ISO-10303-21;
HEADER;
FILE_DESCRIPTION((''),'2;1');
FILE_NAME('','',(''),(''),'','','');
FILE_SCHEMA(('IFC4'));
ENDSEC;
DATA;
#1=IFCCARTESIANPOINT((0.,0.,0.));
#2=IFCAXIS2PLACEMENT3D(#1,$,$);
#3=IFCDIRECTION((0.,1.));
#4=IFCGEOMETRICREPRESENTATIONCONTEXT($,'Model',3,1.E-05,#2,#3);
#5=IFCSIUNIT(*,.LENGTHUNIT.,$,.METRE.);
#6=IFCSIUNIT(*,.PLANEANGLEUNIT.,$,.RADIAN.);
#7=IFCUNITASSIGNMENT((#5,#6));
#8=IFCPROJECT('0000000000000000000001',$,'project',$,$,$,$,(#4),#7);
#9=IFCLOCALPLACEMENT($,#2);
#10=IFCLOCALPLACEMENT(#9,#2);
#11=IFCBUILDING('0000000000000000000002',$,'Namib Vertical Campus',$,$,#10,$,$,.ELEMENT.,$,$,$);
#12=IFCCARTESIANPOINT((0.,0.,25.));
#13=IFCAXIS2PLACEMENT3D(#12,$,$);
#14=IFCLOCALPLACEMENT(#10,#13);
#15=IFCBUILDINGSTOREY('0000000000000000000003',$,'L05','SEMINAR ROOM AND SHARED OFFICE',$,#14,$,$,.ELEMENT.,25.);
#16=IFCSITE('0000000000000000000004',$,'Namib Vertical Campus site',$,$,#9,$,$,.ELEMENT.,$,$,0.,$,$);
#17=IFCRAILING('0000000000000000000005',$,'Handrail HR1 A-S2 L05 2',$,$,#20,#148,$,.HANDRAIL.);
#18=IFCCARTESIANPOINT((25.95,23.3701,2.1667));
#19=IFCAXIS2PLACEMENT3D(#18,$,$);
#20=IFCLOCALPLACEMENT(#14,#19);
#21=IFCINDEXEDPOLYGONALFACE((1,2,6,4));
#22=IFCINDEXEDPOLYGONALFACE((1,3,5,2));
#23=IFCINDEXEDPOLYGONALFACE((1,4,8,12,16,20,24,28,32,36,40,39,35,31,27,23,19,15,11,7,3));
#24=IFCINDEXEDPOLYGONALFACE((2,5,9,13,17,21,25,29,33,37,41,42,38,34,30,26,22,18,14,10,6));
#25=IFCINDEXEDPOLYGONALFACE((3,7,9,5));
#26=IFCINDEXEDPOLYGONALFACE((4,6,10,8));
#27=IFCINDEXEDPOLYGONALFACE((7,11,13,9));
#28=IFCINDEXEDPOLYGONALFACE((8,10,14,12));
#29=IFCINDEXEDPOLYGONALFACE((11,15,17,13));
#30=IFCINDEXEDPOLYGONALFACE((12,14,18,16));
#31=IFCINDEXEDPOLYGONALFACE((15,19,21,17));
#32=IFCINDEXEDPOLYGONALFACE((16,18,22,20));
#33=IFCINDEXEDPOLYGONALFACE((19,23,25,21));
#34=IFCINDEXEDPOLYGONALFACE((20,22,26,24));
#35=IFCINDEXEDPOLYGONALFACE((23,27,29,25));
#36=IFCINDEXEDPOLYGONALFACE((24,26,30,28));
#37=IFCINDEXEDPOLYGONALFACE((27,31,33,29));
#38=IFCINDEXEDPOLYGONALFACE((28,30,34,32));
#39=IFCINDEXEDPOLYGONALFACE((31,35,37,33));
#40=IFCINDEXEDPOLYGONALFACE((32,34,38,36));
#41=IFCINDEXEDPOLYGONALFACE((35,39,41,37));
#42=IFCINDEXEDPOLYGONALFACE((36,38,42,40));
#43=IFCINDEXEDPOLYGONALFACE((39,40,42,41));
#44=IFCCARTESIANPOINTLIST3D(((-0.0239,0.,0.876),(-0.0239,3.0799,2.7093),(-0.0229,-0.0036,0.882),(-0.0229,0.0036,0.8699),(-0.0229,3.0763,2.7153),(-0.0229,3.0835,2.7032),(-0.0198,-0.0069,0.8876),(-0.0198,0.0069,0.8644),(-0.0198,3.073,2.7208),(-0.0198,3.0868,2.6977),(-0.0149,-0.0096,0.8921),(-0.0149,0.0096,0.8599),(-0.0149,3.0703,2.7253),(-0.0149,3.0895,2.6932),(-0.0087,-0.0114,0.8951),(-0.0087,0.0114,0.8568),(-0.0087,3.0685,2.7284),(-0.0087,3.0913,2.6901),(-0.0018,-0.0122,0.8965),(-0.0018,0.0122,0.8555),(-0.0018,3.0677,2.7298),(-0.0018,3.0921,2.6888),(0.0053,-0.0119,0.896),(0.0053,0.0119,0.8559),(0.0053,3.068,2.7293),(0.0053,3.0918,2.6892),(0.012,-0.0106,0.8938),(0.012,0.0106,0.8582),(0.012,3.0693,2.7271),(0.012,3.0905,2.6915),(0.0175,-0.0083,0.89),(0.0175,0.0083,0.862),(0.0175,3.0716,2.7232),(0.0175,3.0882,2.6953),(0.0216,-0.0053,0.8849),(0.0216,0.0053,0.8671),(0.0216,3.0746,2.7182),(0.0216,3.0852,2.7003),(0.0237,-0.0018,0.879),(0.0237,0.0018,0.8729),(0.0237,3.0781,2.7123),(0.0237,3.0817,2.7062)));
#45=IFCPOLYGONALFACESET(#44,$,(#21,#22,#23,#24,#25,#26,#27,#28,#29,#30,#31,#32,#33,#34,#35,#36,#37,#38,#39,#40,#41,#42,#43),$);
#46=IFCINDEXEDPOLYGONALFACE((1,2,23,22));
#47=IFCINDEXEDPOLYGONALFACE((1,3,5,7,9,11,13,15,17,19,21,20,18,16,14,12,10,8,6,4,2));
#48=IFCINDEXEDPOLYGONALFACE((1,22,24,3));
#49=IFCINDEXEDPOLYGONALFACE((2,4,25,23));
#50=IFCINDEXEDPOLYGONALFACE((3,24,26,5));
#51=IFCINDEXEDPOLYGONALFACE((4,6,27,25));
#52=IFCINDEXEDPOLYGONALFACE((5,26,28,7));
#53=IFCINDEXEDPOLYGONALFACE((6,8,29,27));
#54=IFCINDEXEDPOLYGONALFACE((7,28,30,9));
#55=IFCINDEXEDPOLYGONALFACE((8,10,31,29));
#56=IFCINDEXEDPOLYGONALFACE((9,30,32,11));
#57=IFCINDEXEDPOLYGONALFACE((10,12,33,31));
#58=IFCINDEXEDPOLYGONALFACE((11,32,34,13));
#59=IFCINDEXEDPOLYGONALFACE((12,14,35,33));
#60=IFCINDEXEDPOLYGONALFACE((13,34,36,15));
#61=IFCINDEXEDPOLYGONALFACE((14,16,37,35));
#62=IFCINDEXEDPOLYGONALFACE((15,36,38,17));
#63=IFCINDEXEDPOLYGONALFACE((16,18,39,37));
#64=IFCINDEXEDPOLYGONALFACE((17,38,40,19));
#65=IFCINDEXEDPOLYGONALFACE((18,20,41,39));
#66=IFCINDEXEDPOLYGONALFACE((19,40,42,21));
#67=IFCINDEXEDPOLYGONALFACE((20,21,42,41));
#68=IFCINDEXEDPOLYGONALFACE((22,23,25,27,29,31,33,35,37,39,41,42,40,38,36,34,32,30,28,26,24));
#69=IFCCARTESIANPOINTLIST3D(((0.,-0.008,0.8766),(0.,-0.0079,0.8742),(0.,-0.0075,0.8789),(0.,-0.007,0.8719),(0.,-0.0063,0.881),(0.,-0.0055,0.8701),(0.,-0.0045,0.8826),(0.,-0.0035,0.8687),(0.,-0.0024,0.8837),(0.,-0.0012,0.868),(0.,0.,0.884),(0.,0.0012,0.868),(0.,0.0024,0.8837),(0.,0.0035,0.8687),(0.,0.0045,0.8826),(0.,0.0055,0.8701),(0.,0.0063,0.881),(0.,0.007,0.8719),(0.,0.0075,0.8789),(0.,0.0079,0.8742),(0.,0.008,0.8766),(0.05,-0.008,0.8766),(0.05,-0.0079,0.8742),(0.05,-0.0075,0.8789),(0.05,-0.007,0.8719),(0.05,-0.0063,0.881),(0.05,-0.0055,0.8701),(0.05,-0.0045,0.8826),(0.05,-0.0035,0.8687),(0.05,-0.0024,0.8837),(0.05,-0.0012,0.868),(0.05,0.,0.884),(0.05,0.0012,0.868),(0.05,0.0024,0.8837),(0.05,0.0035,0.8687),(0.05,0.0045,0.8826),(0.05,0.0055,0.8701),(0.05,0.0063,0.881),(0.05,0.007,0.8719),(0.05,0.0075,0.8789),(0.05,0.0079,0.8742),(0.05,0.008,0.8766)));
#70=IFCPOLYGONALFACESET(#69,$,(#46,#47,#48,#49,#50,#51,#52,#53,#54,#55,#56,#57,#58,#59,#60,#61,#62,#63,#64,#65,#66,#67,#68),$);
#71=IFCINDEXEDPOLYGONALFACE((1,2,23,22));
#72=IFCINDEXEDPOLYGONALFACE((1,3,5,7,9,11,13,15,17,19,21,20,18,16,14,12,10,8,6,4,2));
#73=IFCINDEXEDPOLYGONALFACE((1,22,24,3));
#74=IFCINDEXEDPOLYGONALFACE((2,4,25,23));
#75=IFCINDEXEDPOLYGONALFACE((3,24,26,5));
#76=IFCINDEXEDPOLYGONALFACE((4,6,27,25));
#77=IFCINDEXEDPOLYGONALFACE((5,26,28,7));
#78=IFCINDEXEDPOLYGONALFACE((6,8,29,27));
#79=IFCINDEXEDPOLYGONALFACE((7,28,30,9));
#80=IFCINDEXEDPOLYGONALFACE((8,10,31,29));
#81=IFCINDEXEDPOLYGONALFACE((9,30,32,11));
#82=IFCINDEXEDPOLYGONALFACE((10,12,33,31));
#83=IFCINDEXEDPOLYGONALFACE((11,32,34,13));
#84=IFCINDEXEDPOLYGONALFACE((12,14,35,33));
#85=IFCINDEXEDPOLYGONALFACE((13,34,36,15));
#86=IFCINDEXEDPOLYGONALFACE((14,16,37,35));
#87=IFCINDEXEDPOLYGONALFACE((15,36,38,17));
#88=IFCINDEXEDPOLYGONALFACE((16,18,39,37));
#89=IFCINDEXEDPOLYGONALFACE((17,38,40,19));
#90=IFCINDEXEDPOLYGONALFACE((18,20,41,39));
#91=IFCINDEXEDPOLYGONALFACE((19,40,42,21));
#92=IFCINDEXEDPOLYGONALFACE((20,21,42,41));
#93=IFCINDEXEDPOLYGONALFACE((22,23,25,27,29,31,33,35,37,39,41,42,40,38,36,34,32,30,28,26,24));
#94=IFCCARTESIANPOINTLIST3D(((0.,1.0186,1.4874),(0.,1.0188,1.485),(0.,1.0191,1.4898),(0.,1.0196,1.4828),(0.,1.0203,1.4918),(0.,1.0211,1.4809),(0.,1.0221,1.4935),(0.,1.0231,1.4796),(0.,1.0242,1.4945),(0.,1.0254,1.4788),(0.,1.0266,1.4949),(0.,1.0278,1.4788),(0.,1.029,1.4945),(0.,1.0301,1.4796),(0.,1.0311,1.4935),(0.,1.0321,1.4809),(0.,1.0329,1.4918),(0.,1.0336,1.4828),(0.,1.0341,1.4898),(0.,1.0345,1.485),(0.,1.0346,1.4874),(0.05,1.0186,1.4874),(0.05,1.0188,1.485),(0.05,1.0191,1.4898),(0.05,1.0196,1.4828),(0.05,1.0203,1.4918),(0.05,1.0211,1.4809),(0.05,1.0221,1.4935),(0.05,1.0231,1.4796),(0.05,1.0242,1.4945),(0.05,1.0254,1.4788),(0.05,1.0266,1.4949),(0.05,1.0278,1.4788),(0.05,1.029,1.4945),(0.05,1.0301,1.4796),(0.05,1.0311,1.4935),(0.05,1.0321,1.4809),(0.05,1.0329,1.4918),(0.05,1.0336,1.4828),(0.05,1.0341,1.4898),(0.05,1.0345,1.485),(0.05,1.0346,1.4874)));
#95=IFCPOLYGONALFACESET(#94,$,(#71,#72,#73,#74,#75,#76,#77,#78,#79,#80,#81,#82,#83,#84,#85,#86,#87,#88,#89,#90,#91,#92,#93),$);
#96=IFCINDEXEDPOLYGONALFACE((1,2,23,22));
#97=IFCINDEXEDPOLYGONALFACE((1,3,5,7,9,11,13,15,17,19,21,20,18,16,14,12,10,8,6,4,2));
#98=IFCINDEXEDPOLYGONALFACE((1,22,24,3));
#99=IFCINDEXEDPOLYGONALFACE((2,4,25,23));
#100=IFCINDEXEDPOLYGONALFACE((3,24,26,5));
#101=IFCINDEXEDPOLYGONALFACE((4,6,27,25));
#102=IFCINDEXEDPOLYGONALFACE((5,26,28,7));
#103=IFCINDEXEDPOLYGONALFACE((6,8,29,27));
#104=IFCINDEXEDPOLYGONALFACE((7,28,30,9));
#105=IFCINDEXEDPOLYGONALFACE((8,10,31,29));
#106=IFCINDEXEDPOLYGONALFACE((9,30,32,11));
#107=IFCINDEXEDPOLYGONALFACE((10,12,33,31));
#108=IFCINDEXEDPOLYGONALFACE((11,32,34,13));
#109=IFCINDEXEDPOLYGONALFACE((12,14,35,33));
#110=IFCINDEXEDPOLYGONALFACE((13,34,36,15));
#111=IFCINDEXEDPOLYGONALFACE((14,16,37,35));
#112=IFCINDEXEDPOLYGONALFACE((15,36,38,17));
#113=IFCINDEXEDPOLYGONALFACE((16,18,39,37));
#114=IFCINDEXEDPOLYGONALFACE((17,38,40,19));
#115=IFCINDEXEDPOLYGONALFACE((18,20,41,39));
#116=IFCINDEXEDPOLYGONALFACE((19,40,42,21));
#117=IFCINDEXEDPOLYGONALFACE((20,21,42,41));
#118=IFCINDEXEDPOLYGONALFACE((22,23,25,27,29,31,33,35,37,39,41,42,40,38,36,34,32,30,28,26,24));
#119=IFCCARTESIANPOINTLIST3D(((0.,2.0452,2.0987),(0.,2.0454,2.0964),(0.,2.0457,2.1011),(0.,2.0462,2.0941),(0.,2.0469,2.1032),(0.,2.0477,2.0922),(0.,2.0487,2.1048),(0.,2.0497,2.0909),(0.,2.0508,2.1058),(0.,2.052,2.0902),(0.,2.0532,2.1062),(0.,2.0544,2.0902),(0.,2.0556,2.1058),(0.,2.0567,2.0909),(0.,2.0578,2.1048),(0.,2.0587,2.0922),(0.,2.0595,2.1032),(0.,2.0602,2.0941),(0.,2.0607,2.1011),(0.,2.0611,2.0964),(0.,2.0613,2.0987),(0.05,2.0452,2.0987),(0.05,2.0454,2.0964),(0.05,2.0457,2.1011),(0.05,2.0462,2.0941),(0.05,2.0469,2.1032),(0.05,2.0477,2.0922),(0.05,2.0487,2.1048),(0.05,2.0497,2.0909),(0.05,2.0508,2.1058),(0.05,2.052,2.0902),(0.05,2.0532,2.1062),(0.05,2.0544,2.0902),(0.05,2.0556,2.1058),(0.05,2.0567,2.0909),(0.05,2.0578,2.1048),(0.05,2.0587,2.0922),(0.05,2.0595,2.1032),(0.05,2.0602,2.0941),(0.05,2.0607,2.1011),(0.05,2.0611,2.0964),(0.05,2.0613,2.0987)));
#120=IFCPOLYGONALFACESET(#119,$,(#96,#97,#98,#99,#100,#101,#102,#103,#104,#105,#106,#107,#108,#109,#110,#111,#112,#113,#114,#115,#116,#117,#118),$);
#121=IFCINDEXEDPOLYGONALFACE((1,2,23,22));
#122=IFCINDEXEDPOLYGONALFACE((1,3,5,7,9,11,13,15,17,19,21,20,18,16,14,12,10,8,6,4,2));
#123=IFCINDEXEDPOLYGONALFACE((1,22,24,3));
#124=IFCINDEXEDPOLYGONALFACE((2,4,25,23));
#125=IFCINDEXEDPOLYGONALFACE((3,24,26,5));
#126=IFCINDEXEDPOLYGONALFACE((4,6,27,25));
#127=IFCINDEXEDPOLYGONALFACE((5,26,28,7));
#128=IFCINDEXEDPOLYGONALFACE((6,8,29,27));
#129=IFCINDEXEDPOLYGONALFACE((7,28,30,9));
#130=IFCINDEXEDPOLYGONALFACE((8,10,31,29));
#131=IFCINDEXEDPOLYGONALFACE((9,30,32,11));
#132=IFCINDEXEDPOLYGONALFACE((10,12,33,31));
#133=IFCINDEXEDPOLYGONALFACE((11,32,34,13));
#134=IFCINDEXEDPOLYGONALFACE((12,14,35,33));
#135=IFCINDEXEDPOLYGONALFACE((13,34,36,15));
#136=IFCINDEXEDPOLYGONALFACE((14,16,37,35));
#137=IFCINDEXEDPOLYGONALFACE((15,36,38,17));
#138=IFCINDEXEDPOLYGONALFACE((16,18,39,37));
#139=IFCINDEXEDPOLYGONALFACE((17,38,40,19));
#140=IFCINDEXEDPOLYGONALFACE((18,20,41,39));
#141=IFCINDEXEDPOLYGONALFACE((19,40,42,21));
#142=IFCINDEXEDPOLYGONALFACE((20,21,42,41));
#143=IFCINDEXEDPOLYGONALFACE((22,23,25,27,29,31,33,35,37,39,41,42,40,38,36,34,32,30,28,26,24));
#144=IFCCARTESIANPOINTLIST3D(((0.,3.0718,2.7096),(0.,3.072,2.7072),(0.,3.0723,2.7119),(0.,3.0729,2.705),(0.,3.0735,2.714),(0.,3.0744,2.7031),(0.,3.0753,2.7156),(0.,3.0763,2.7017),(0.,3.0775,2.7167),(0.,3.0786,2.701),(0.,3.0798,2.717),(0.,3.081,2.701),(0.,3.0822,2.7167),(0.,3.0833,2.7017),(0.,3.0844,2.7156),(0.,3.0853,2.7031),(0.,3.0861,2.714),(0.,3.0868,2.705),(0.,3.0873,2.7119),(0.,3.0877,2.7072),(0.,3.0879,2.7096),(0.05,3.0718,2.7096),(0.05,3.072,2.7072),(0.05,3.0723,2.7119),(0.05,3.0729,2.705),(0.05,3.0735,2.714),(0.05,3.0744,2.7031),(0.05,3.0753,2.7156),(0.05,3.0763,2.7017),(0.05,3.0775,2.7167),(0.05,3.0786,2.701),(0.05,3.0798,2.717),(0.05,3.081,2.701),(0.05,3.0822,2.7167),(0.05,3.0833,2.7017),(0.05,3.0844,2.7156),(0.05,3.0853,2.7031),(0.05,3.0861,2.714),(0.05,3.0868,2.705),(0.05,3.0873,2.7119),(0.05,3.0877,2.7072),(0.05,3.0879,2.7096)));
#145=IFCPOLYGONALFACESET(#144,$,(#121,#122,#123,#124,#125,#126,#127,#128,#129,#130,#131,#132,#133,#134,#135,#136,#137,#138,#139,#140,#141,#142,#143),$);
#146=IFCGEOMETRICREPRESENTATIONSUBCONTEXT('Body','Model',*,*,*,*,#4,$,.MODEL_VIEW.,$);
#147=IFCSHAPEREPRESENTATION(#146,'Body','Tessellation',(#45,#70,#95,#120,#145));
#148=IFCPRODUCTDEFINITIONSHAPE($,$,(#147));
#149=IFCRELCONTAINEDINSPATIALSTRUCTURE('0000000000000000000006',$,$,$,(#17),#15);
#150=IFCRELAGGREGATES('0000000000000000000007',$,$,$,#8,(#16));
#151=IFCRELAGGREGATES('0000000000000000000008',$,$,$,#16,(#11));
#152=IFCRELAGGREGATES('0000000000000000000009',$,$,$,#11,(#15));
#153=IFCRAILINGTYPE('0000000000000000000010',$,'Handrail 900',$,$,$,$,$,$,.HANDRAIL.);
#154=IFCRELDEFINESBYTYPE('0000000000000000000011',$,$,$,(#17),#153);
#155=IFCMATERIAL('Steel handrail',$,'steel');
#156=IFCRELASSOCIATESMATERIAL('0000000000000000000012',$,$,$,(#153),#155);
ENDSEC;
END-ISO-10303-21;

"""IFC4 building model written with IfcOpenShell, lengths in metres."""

from ifc_helpers import new_model, si_unit, direction, frame, origin, origin_2d, place, context, subcontext, project, spatial, circle, extrude, material, type_object, element, save


model = new_model("IFC4")

# Units and contexts
model_context = context("Model", 3, precision=1e-05, world=origin(), true_north=direction((0.0, 1.0)))
body_context = subcontext(model_context, "Body", "Model", "MODEL_VIEW")
ifc_project = project(units=[si_unit("LENGTHUNIT", "METRE"), si_unit("PLANEANGLEUNIT", "RADIAN")], contexts=[model_context])

# Site, building, storey
site_placement = place(None, origin())
site = spatial("IfcSite", under=ifc_project, at=site_placement, Name="Namib Vertical Campus site", CompositionType="ELEMENT", RefElevation=0.0)
building_placement = place(site_placement, origin())
building = spatial("IfcBuilding", under=site, at=building_placement, Name="Namib Vertical Campus", CompositionType="ELEMENT")
storey_placement = place(building_placement, frame((0.0, 0.0, 25.0)))
storey = spatial("IfcBuildingStorey", under=building, at=storey_placement, Name="L05", Description="SEMINAR ROOM AND SHARED OFFICE", CompositionType="ELEMENT", Elevation=25.0)

# Railing
ifc_material_1 = material(Name="Steel handrail", Category="steel")
railing_type_1 = type_object("IfcRailingType", Name="Handrail 900", PredefinedType="HANDRAIL", material=ifc_material_1)
railing_1_placement = place(storey_placement, frame((25.95, 23.3701, 2.1667)))
element("IfcRailing", 1, at=railing_1_placement, inside=storey, type_object=railing_type_1, Name="Handrail HR1 A-S2 L05 2", PredefinedType="HANDRAIL", context=body_context, shape_type="SweptSolid", body=[
    extrude(circle(Radius=0.0239, at=origin_2d()), frame((0.0, 0.0, 0.876), z_axis=(0.0, 0.859291, 0.511487), x_axis=(-1.0, 0.0, 0.0)), (0.0, 0.0, 1.0), 3.5842),
    extrude(circle(Radius=0.0081, at=origin_2d()), frame((0.0, 0.0, 0.876), z_axis=(1.0, 0.0, 0.0), x_axis=(0.0, 0.0, 1.0)), (0.0, 0.0, 1.0), 0.05),
    extrude(circle(Radius=0.0081, at=origin_2d()), frame((0.0, 1.0266, 1.4868), z_axis=(1.0, 0.0, 0.0), x_axis=(0.0, 0.0, 1.0)), (0.0, 0.0, 1.0), 0.05),
    extrude(circle(Radius=0.0081, at=origin_2d()), frame((0.0, 2.0532, 2.0981), z_axis=(1.0, 0.0, 0.0), x_axis=(0.0, 0.0, 1.0)), (0.0, 0.0, 1.0), 0.05),
    extrude(circle(Radius=0.0081, at=origin_2d()), frame((0.0, 3.0798, 2.709), z_axis=(1.0, 0.0, 0.0), x_axis=(0.0, 0.0, 1.0)), (0.0, 0.0, 1.0), 0.05),
])

save(model, "model.ifc")
